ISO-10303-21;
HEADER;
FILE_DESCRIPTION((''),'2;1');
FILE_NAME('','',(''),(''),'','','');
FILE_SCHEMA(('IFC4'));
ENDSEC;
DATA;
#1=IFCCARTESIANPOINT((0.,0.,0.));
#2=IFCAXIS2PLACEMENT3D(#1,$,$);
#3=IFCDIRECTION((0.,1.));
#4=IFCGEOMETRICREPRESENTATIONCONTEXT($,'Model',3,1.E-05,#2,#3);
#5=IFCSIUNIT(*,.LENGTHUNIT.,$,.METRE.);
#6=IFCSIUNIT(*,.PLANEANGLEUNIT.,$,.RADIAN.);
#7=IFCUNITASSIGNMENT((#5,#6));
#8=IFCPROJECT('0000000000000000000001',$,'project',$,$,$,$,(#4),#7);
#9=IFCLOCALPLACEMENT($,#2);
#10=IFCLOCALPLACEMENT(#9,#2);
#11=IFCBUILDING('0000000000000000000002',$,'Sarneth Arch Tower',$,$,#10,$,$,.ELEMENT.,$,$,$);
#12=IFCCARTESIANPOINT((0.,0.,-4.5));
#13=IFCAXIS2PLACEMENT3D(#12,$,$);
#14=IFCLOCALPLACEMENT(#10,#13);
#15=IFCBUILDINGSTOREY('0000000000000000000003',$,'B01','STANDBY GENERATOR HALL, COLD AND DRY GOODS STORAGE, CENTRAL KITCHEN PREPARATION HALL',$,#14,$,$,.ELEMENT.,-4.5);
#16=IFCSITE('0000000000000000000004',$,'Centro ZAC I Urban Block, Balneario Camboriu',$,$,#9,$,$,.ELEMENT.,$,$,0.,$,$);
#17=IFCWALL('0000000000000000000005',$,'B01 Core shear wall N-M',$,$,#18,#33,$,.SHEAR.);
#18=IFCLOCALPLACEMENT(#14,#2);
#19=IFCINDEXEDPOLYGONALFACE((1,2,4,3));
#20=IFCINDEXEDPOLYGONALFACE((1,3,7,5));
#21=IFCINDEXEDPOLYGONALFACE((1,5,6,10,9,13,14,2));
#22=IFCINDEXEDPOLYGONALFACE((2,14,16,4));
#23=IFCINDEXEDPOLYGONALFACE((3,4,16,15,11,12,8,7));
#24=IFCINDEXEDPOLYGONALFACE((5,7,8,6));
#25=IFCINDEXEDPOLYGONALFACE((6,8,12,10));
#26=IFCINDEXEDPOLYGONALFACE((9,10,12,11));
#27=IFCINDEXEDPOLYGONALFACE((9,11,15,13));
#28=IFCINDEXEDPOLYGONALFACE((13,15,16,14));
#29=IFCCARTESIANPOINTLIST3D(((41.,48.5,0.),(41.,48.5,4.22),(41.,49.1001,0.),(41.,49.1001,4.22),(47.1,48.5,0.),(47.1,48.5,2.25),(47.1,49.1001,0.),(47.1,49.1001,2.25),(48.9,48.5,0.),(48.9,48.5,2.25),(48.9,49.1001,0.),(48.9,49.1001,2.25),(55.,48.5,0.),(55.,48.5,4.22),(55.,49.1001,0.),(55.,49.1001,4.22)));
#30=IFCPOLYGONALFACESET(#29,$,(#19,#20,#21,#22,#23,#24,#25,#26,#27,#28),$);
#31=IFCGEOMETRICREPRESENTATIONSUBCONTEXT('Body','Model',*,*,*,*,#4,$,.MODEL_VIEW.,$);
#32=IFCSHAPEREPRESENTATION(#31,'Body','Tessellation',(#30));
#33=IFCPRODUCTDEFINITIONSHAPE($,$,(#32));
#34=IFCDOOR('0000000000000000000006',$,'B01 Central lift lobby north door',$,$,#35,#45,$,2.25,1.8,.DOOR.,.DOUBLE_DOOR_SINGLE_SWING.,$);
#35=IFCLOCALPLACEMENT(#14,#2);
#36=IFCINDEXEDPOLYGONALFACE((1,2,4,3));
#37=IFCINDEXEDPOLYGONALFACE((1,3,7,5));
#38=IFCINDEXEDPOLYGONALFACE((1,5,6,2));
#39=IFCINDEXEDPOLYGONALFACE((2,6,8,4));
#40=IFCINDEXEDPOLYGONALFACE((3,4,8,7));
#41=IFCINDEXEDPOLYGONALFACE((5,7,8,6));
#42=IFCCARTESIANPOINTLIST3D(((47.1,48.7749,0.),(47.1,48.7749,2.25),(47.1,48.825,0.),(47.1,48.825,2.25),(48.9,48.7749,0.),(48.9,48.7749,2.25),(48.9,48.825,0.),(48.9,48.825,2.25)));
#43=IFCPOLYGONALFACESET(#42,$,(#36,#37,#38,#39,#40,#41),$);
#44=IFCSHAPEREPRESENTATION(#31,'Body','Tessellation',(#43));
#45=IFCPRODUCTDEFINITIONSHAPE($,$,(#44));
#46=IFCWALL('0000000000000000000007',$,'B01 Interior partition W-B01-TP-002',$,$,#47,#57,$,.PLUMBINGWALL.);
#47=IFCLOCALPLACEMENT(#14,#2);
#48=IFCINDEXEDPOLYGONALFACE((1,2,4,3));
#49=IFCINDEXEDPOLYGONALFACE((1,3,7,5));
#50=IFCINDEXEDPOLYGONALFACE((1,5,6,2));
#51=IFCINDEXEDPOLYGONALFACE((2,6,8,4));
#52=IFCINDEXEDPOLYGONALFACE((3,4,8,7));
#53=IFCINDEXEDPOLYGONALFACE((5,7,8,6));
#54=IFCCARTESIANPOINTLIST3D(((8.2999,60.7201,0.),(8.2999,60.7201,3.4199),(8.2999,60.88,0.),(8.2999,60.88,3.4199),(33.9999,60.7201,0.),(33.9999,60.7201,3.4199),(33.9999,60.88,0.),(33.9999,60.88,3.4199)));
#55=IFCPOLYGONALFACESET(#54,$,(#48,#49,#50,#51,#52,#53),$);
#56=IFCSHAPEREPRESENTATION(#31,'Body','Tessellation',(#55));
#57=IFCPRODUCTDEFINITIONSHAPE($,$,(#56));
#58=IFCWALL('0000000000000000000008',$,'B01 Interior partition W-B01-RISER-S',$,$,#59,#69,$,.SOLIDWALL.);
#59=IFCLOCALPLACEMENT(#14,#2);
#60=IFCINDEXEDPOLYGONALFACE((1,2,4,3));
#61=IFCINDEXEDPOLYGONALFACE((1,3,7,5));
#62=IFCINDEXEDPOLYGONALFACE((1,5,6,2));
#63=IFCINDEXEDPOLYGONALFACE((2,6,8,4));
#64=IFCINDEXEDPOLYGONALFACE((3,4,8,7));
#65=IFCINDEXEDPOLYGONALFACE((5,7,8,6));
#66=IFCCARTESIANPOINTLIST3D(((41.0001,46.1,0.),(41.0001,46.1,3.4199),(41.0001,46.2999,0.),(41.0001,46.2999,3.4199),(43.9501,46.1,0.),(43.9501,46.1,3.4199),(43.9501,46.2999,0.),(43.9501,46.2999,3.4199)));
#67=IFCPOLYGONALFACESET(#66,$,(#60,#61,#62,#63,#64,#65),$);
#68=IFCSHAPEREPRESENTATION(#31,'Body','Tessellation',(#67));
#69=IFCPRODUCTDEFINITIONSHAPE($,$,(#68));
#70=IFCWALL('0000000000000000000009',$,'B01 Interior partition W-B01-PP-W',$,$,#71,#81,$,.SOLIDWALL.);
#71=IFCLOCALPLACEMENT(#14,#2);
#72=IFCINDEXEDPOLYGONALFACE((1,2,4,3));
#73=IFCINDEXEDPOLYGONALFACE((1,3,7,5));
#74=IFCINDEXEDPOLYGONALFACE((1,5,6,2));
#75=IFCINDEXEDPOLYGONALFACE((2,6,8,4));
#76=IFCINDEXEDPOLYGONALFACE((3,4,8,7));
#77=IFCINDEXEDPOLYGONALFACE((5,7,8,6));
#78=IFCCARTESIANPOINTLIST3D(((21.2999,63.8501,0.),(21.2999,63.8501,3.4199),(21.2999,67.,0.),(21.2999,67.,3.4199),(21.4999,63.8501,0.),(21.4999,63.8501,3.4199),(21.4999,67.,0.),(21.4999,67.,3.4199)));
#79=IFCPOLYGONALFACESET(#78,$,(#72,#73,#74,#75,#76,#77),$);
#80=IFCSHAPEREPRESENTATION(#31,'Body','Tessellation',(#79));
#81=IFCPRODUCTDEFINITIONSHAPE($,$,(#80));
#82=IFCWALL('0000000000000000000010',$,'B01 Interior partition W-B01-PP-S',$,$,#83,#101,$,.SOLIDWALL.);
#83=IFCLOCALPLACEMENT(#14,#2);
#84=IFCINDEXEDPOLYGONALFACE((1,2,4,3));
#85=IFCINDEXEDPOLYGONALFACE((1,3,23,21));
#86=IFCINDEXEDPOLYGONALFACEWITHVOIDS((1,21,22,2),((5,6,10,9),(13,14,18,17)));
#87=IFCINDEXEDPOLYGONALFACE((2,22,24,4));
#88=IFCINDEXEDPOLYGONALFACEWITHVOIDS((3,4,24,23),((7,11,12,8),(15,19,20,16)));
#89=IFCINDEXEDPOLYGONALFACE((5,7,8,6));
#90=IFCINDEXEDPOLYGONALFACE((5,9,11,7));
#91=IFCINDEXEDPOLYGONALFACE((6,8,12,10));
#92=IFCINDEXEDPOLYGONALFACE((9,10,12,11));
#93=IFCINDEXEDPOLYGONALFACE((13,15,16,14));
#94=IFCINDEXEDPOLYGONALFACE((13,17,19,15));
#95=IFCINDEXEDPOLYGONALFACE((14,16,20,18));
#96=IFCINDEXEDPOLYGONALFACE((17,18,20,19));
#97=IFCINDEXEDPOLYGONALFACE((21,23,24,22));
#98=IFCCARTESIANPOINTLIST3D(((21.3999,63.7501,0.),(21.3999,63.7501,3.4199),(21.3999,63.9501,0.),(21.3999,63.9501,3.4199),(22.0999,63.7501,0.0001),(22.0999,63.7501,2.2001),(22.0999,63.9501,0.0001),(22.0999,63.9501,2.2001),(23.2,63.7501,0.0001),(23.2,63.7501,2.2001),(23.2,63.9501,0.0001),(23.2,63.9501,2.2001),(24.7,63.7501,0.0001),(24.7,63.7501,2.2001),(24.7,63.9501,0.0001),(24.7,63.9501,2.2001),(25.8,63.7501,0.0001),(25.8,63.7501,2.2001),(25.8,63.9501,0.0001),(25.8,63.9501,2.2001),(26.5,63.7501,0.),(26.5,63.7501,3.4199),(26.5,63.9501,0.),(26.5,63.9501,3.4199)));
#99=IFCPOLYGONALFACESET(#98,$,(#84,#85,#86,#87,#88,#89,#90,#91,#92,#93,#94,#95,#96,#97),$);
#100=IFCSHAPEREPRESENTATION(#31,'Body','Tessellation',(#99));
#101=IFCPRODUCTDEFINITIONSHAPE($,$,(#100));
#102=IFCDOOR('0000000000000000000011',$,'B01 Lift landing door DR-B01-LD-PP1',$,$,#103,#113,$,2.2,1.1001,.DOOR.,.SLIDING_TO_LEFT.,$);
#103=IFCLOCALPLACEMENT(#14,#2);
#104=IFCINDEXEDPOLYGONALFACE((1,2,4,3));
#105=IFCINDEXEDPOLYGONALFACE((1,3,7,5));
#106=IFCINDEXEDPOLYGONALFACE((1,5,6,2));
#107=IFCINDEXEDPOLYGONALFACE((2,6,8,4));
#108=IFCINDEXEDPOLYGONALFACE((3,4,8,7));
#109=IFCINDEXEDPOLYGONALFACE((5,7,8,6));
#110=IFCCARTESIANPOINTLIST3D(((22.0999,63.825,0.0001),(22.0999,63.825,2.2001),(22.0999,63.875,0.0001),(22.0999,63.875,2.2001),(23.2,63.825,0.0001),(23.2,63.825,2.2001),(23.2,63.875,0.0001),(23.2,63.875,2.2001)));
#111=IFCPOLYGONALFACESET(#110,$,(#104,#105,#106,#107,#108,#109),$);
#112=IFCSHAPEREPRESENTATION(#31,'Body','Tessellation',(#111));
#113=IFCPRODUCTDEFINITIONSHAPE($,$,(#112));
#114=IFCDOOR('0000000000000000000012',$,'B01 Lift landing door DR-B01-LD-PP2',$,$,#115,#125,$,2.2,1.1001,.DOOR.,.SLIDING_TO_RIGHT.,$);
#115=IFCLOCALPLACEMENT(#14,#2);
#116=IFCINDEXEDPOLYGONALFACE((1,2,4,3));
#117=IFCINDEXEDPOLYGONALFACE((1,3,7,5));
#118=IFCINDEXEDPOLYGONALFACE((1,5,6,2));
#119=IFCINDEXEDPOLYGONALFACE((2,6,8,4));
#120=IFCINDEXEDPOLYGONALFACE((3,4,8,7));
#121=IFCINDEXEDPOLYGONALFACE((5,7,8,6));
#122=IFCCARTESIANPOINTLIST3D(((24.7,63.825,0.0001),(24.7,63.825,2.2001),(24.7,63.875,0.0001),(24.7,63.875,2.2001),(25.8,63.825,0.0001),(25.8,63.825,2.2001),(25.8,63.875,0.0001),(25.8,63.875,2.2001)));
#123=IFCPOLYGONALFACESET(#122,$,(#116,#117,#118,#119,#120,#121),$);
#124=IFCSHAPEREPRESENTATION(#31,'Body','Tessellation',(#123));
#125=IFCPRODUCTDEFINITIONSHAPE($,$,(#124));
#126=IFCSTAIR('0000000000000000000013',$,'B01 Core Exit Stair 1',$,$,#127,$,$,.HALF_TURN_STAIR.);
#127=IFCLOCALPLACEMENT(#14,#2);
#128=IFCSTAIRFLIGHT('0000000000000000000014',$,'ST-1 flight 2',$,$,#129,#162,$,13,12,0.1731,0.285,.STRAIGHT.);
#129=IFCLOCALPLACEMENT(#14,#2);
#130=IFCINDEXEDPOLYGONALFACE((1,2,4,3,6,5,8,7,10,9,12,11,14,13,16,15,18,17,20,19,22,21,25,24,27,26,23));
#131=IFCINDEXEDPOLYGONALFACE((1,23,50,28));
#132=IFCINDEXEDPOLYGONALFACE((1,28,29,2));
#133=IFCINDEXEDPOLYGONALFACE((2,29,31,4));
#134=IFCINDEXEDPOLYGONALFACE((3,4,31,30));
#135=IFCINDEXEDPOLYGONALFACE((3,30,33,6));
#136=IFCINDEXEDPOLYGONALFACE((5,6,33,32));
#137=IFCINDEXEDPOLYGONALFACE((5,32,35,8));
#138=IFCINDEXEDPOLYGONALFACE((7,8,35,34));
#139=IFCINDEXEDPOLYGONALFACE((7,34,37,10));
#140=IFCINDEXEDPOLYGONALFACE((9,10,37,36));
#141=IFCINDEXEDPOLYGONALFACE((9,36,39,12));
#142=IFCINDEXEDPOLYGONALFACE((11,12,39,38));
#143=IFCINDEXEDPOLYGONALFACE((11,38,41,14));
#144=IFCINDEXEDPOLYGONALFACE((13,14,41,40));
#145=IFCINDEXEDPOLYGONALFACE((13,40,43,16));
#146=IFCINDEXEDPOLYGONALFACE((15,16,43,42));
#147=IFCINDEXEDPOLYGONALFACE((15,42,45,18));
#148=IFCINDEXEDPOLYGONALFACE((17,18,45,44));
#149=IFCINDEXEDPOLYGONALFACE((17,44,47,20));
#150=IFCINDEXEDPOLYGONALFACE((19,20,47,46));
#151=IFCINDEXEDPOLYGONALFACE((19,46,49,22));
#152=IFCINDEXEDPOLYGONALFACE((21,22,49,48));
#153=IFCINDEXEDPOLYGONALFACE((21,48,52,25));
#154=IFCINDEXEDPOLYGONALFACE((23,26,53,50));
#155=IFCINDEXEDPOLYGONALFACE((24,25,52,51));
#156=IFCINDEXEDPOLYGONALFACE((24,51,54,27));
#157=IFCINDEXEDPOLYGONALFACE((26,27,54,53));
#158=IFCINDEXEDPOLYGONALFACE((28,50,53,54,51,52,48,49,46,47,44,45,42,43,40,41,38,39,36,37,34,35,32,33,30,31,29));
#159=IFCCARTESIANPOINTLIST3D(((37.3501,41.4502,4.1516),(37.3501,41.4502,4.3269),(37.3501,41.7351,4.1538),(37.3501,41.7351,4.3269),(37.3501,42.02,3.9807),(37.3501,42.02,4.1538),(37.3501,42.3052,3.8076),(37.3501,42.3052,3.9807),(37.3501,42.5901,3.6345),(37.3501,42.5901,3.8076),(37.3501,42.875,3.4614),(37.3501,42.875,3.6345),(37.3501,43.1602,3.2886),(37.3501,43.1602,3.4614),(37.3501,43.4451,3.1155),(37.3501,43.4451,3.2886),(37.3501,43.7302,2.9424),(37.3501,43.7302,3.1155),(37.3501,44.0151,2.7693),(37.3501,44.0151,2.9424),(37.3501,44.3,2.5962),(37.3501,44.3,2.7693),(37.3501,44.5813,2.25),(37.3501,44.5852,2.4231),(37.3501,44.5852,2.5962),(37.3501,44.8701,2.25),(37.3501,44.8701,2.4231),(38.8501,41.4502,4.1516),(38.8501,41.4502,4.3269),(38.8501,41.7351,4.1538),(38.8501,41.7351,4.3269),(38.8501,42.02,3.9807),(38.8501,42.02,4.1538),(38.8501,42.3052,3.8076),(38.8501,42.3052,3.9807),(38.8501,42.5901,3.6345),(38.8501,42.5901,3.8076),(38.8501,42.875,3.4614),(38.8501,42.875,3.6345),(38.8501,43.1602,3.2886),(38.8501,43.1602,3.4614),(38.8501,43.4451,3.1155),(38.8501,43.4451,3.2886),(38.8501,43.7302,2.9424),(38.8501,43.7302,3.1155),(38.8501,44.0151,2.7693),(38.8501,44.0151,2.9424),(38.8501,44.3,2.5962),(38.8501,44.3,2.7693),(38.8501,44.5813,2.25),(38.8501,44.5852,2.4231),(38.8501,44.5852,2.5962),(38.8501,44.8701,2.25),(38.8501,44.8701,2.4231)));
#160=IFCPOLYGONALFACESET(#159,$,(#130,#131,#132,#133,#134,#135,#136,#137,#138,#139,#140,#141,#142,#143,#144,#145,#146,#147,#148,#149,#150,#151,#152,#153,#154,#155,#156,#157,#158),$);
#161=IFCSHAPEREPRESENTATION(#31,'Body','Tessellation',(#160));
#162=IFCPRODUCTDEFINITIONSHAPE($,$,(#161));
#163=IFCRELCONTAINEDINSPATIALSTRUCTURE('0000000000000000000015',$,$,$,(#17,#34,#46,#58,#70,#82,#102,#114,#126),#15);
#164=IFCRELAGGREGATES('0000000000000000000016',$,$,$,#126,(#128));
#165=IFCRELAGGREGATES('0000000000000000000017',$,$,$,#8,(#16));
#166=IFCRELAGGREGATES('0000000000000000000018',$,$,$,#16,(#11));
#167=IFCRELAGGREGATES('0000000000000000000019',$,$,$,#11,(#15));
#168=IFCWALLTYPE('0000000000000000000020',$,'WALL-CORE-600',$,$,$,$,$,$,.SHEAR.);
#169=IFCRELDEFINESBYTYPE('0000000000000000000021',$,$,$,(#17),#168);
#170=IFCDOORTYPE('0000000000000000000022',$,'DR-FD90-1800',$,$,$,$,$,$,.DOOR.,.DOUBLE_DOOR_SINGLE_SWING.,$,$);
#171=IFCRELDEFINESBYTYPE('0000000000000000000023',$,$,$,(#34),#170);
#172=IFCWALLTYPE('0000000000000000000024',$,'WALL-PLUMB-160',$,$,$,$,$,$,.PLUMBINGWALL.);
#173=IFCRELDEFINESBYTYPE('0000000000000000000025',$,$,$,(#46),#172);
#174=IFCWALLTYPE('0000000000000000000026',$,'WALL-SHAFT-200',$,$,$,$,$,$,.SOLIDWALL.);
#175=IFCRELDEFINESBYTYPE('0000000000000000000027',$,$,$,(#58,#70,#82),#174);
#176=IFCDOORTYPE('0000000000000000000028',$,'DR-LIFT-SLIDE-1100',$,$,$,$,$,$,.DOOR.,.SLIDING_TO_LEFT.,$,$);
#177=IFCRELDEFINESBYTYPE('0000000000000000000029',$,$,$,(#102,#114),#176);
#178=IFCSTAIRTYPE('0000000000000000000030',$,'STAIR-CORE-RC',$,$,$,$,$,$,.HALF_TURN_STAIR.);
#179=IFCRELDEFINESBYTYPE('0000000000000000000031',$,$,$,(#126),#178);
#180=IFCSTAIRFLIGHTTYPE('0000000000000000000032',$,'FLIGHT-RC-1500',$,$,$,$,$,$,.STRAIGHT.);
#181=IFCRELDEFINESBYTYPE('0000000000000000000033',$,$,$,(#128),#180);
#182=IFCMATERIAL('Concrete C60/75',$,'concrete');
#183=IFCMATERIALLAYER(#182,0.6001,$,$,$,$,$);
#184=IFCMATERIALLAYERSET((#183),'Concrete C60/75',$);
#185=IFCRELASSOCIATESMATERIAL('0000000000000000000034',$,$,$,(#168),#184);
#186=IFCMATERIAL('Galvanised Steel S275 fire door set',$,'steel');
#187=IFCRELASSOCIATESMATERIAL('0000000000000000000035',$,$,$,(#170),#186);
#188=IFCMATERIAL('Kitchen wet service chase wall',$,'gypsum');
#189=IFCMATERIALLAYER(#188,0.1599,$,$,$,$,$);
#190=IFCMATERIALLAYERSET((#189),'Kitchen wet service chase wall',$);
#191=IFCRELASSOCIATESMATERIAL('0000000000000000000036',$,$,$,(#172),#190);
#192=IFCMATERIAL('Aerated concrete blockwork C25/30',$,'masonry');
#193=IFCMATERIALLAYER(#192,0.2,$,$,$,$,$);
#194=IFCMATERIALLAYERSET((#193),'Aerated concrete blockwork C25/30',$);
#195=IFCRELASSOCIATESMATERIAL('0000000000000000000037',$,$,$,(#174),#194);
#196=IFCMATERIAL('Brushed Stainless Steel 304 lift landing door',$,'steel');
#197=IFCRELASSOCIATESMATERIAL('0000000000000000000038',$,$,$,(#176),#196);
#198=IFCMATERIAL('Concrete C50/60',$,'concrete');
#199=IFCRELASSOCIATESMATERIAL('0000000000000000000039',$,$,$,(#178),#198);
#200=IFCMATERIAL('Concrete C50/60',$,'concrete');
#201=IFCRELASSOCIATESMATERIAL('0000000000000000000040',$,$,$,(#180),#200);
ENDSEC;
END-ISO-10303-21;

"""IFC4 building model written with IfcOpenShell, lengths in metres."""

from ifc_helpers import new_model, si_unit, direction, frame, frame_2d, origin, place, context, subcontext, project, spatial, polyline, rectangle, outline, extrude, material, layer, layer_set, type_object, element, fill, aggregate, save


model = new_model("IFC4")

# Units and contexts
model_context = context("Model", 3, precision=1e-05, world=origin(), true_north=direction((0.0, 1.0)))
body_context = subcontext(model_context, "Body", "Model", "MODEL_VIEW")
ifc_project = project(units=[si_unit("LENGTHUNIT", "METRE"), si_unit("PLANEANGLEUNIT", "RADIAN")], contexts=[model_context])

# Site, building, storey
site_placement = place(None, origin())
site = spatial("IfcSite", under=ifc_project, at=site_placement, Name="Centro ZAC I Urban Block, Balneario Camboriu", CompositionType="ELEMENT", RefElevation=0.0)
building_placement = place(site_placement, origin())
building = spatial("IfcBuilding", under=site, at=building_placement, Name="Sarneth Arch Tower", CompositionType="ELEMENT")
storey_placement = place(building_placement, frame((0.0, 0.0, -4.5)))
storey = spatial("IfcBuildingStorey", under=building, at=storey_placement, Name="B01", Description="STANDBY GENERATOR HALL, COLD AND DRY GOODS STORAGE, CENTRAL KITCHEN PREPARATION HALL", CompositionType="ELEMENT", Elevation=-4.5)

# Shared definitions
ifc_material_1 = material(Name="Concrete C60/75", Category="concrete")
ifc_layer_1 = layer(ifc_material_1, 0.6001)
ifc_layer_set_1 = layer_set([ifc_layer_1], Name="Concrete C60/75")
wall_type_1 = type_object("IfcWallType", Name="WALL-CORE-600", PredefinedType="SHEAR", material=ifc_layer_set_1)

# Wall, opening, door
wall_1_placement = place(storey_placement, frame((41.0, 48.8, 0.0), z_axis=(0.0, 0.0, 1.0), x_axis=(1.0, 0.0, 0.0)))
wall_1 = element("IfcWall", 1, at=wall_1_placement, inside=storey, type_object=wall_type_1, Name="B01 Core shear wall N-M", PredefinedType="SHEAR", context=body_context, shape_type="SweptSolid", body=[
    extrude(rectangle(XDim=14.0, YDim=0.6001, at=frame_2d((7.0, 0.0))), origin(), (0.0, 0.0, 1.0), 4.22),
])
opening_1_placement = place(wall_1_placement, frame((6.1001, 0.0, 0.0)))
opening_1 = element("IfcOpeningElement", 2, at=opening_1_placement, cuts=wall_1, PredefinedType="OPENING", context=body_context, shape_type="SweptSolid", body=[
    extrude(rectangle(XDim=1.8, YDim=2.25, at=frame_2d((0.8999, 1.125))), frame((0.0, 0.3101, 0.0), z_axis=(0.0, -1.0, 0.0), x_axis=(1.0, 0.0, 0.0)), (0.0, 0.0, 1.0), 0.6201),
])
ifc_material_2 = material(Name="Galvanised Steel S275 fire door set", Category="steel")
door_type_1 = type_object("IfcDoorType", Name="DR-FD90-1800", OperationType="DOUBLE_DOOR_SINGLE_SWING", PredefinedType="DOOR", material=ifc_material_2)
door_1_placement = place(opening_1_placement, origin())
door_1 = element("IfcDoor", 3, at=door_1_placement, inside=storey, type_object=door_type_1, Name="B01 Central lift lobby north door", OperationType="DOUBLE_DOOR_SINGLE_SWING", OverallHeight=2.25, OverallWidth=1.8, PredefinedType="DOOR", context=body_context, shape_type="SweptSolid", body=[
    extrude(rectangle(XDim=1.8, YDim=2.25, at=frame_2d((0.8999, 1.125))), frame((0.0, 0.0249, 0.0), z_axis=(0.0, -1.0, 0.0), x_axis=(1.0, 0.0, 0.0)), (0.0, 0.0, 1.0), 0.05),
])
fill(opening_1, door_1)

# Walls
ifc_material_3 = material(Name="Kitchen wet service chase wall", Category="gypsum")
ifc_layer_2 = layer(ifc_material_3, 0.1599)
ifc_layer_set_2 = layer_set([ifc_layer_2], Name="Kitchen wet service chase wall")
wall_type_2 = type_object("IfcWallType", Name="WALL-PLUMB-160", PredefinedType="PLUMBINGWALL", material=ifc_layer_set_2)
wall_2_placement = place(storey_placement, frame((34.0, 60.8, 0.0), z_axis=(0.0, 0.0, 1.0), x_axis=(-1.0, 0.0, 0.0)))
element("IfcWall", 4, at=wall_2_placement, inside=storey, type_object=wall_type_2, Name="B01 Interior partition W-B01-TP-002", PredefinedType="PLUMBINGWALL", context=body_context, shape_type="SweptSolid", body=[
    extrude(rectangle(XDim=25.7, YDim=0.1599, at=frame_2d((12.8501, 0.0))), origin(), (0.0, 0.0, 1.0), 3.4199),
])
ifc_material_4 = material(Name="Aerated concrete blockwork C25/30", Category="masonry")
ifc_layer_3 = layer(ifc_material_4, 0.2)
ifc_layer_set_3 = layer_set([ifc_layer_3], Name="Aerated concrete blockwork C25/30")
wall_type_3 = type_object("IfcWallType", Name="WALL-SHAFT-200", PredefinedType="SOLIDWALL", material=ifc_layer_set_3)
wall_3_placement = place(storey_placement, frame((41.0, 46.2, 0.0), z_axis=(0.0, 0.0, 1.0), x_axis=(1.0, 0.0, 0.0)))
element("IfcWall", 5, at=wall_3_placement, inside=storey, type_object=wall_type_3, Name="B01 Interior partition W-B01-RISER-S", PredefinedType="SOLIDWALL", context=body_context, shape_type="SweptSolid", body=[
    extrude(rectangle(XDim=2.95, YDim=0.2, at=frame_2d((1.4751, 0.0))), origin(), (0.0, 0.0, 1.0), 3.4199),
])
wall_4_placement = place(storey_placement, frame((21.3999, 63.8501, 0.0), z_axis=(0.0, 0.0, 1.0), x_axis=(0.0, 1.0, 0.0)))
element("IfcWall", 6, at=wall_4_placement, inside=storey, type_object=wall_type_3, Name="B01 Interior partition W-B01-PP-W", PredefinedType="SOLIDWALL", context=body_context, shape_type="SweptSolid", body=[
    extrude(rectangle(XDim=3.1499, YDim=0.2, at=frame_2d((1.575, 0.0))), origin(), (0.0, 0.0, 1.0), 3.4199),
])

# Wall, openings, doors
wall_5_placement = place(storey_placement, frame((21.3999, 63.8501, 0.0), z_axis=(0.0, 0.0, 1.0), x_axis=(1.0, 0.0, 0.0)))
wall_5 = element("IfcWall", 7, at=wall_5_placement, inside=storey, type_object=wall_type_3, Name="B01 Interior partition W-B01-PP-S", PredefinedType="SOLIDWALL", context=body_context, shape_type="SweptSolid", body=[
    extrude(rectangle(XDim=5.1001, YDim=0.2, at=frame_2d((2.55, 0.0))), origin(), (0.0, 0.0, 1.0), 3.4199),
])
opening_2_placement = place(wall_5_placement, frame((0.7, 0.0, 0.0)))
opening_2 = element("IfcOpeningElement", 8, at=opening_2_placement, cuts=wall_5, PredefinedType="OPENING", context=body_context, shape_type="SweptSolid", body=[
    extrude(rectangle(XDim=1.1001, YDim=2.2, at=frame_2d((0.55, 1.1001))), frame((0.0, 0.1099, 0.0), z_axis=(0.0, -1.0, 0.0), x_axis=(1.0, 0.0, 0.0)), (0.0, 0.0, 1.0), 0.22),
])
opening_3_placement = place(wall_5_placement, frame((3.3, 0.0, 0.0)))
opening_3 = element("IfcOpeningElement", 9, at=opening_3_placement, cuts=wall_5, PredefinedType="OPENING", context=body_context, shape_type="SweptSolid", body=[
    extrude(rectangle(XDim=1.1001, YDim=2.2, at=frame_2d((0.55, 1.1001))), frame((0.0, 0.1099, 0.0), z_axis=(0.0, -1.0, 0.0), x_axis=(1.0, 0.0, 0.0)), (0.0, 0.0, 1.0), 0.22),
])
ifc_material_5 = material(Name="Brushed Stainless Steel 304 lift landing door", Category="steel")
door_type_2 = type_object("IfcDoorType", Name="DR-LIFT-SLIDE-1100", OperationType="SLIDING_TO_LEFT", PredefinedType="DOOR", material=ifc_material_5)
door_2_placement = place(opening_2_placement, origin())
door_2 = element("IfcDoor", 10, at=door_2_placement, inside=storey, type_object=door_type_2, Name="B01 Lift landing door DR-B01-LD-PP1", OperationType="SLIDING_TO_LEFT", OverallHeight=2.2, OverallWidth=1.1001, PredefinedType="DOOR", context=body_context, shape_type="SweptSolid", body=[
    extrude(rectangle(XDim=1.1001, YDim=2.2, at=frame_2d((0.55, 1.1001))), frame((0.0, 0.0249, 0.0), z_axis=(0.0, -1.0, 0.0), x_axis=(1.0, 0.0, 0.0)), (0.0, 0.0, 1.0), 0.05),
])
fill(opening_2, door_2)
door_3_placement = place(opening_3_placement, origin())
door_3 = element("IfcDoor", 11, at=door_3_placement, inside=storey, type_object=door_type_2, Name="B01 Lift landing door DR-B01-LD-PP2", OperationType="SLIDING_TO_RIGHT", OverallHeight=2.2, OverallWidth=1.1001, PredefinedType="DOOR", context=body_context, shape_type="SweptSolid", body=[
    extrude(rectangle(XDim=1.1001, YDim=2.2, at=frame_2d((0.55, 1.1001))), frame((0.0, 0.0249, 0.0), z_axis=(0.0, -1.0, 0.0), x_axis=(1.0, 0.0, 0.0)), (0.0, 0.0, 1.0), 0.05),
])
fill(opening_3, door_3)

# Stair, stair flight
ifc_material_6 = material(Name="Concrete C50/60", Category="concrete")
stair_type = type_object("IfcStairType", Name="STAIR-CORE-RC", PredefinedType="HALF_TURN_STAIR", material=ifc_material_6)
stair_placement = place(storey_placement, origin())
stair = element("IfcStair", 12, at=stair_placement, inside=storey, type_object=stair_type, Name="B01 Core Exit Stair 1", PredefinedType="HALF_TURN_STAIR")
ifc_material_7 = material(Name="Concrete C50/60", Category="concrete")
stair_flight_type = type_object("IfcStairFlightType", Name="FLIGHT-RC-1500", PredefinedType="STRAIGHT", material=ifc_material_7)
stair_flight_placement = place(storey_placement, frame((38.1001, 44.8701, 2.25), z_axis=(0.0, 0.0, 1.0), x_axis=(0.0, -1.0, 0.0)))
stair_flight = element("IfcStairFlight", 13, at=stair_flight_placement, type_object=stair_flight_type, Name="ST-1 flight 2", NumberOfRisers=13, NumberOfTreads=12, PredefinedType="STRAIGHT", RiserHeight=0.1731, TreadLength=0.285, context=body_context, shape_type="SweptSolid", body=[
    extrude(outline(polyline([(0.0, 0.0), (0.0, 0.1731), (0.2849, 0.1731), (0.2849, 0.3462), (0.5701, 0.3462), (0.5701, 0.5193), (0.855, 0.5193), (0.855, 0.6924), (1.1399, 0.6924), (1.1399, 0.8655), (1.425, 0.8655), (1.425, 1.0386), (1.71, 1.0386), (1.71, 1.2114), (1.9951, 1.2114), (1.9951, 1.3845), (2.28, 1.3845), (2.28, 1.5576), (2.5649, 1.5576), (2.5649, 1.7307), (2.8501, 1.7307), (2.8501, 1.9038), (3.135, 1.9038), (3.135, 2.0769), (3.4199, 2.0769), (3.4199, 2.25), (3.4199, 1.9016), (0.2888, 0.0), (0.0, 0.0)])), frame((0.0, 0.75, 0.0), z_axis=(0.0, -1.0, 0.0), x_axis=(1.0, 0.0, 0.0)), (0.0, 0.0, 1.0), 1.5),
])
aggregate(stair, [stair_flight])

save(model, "model.ifc")
